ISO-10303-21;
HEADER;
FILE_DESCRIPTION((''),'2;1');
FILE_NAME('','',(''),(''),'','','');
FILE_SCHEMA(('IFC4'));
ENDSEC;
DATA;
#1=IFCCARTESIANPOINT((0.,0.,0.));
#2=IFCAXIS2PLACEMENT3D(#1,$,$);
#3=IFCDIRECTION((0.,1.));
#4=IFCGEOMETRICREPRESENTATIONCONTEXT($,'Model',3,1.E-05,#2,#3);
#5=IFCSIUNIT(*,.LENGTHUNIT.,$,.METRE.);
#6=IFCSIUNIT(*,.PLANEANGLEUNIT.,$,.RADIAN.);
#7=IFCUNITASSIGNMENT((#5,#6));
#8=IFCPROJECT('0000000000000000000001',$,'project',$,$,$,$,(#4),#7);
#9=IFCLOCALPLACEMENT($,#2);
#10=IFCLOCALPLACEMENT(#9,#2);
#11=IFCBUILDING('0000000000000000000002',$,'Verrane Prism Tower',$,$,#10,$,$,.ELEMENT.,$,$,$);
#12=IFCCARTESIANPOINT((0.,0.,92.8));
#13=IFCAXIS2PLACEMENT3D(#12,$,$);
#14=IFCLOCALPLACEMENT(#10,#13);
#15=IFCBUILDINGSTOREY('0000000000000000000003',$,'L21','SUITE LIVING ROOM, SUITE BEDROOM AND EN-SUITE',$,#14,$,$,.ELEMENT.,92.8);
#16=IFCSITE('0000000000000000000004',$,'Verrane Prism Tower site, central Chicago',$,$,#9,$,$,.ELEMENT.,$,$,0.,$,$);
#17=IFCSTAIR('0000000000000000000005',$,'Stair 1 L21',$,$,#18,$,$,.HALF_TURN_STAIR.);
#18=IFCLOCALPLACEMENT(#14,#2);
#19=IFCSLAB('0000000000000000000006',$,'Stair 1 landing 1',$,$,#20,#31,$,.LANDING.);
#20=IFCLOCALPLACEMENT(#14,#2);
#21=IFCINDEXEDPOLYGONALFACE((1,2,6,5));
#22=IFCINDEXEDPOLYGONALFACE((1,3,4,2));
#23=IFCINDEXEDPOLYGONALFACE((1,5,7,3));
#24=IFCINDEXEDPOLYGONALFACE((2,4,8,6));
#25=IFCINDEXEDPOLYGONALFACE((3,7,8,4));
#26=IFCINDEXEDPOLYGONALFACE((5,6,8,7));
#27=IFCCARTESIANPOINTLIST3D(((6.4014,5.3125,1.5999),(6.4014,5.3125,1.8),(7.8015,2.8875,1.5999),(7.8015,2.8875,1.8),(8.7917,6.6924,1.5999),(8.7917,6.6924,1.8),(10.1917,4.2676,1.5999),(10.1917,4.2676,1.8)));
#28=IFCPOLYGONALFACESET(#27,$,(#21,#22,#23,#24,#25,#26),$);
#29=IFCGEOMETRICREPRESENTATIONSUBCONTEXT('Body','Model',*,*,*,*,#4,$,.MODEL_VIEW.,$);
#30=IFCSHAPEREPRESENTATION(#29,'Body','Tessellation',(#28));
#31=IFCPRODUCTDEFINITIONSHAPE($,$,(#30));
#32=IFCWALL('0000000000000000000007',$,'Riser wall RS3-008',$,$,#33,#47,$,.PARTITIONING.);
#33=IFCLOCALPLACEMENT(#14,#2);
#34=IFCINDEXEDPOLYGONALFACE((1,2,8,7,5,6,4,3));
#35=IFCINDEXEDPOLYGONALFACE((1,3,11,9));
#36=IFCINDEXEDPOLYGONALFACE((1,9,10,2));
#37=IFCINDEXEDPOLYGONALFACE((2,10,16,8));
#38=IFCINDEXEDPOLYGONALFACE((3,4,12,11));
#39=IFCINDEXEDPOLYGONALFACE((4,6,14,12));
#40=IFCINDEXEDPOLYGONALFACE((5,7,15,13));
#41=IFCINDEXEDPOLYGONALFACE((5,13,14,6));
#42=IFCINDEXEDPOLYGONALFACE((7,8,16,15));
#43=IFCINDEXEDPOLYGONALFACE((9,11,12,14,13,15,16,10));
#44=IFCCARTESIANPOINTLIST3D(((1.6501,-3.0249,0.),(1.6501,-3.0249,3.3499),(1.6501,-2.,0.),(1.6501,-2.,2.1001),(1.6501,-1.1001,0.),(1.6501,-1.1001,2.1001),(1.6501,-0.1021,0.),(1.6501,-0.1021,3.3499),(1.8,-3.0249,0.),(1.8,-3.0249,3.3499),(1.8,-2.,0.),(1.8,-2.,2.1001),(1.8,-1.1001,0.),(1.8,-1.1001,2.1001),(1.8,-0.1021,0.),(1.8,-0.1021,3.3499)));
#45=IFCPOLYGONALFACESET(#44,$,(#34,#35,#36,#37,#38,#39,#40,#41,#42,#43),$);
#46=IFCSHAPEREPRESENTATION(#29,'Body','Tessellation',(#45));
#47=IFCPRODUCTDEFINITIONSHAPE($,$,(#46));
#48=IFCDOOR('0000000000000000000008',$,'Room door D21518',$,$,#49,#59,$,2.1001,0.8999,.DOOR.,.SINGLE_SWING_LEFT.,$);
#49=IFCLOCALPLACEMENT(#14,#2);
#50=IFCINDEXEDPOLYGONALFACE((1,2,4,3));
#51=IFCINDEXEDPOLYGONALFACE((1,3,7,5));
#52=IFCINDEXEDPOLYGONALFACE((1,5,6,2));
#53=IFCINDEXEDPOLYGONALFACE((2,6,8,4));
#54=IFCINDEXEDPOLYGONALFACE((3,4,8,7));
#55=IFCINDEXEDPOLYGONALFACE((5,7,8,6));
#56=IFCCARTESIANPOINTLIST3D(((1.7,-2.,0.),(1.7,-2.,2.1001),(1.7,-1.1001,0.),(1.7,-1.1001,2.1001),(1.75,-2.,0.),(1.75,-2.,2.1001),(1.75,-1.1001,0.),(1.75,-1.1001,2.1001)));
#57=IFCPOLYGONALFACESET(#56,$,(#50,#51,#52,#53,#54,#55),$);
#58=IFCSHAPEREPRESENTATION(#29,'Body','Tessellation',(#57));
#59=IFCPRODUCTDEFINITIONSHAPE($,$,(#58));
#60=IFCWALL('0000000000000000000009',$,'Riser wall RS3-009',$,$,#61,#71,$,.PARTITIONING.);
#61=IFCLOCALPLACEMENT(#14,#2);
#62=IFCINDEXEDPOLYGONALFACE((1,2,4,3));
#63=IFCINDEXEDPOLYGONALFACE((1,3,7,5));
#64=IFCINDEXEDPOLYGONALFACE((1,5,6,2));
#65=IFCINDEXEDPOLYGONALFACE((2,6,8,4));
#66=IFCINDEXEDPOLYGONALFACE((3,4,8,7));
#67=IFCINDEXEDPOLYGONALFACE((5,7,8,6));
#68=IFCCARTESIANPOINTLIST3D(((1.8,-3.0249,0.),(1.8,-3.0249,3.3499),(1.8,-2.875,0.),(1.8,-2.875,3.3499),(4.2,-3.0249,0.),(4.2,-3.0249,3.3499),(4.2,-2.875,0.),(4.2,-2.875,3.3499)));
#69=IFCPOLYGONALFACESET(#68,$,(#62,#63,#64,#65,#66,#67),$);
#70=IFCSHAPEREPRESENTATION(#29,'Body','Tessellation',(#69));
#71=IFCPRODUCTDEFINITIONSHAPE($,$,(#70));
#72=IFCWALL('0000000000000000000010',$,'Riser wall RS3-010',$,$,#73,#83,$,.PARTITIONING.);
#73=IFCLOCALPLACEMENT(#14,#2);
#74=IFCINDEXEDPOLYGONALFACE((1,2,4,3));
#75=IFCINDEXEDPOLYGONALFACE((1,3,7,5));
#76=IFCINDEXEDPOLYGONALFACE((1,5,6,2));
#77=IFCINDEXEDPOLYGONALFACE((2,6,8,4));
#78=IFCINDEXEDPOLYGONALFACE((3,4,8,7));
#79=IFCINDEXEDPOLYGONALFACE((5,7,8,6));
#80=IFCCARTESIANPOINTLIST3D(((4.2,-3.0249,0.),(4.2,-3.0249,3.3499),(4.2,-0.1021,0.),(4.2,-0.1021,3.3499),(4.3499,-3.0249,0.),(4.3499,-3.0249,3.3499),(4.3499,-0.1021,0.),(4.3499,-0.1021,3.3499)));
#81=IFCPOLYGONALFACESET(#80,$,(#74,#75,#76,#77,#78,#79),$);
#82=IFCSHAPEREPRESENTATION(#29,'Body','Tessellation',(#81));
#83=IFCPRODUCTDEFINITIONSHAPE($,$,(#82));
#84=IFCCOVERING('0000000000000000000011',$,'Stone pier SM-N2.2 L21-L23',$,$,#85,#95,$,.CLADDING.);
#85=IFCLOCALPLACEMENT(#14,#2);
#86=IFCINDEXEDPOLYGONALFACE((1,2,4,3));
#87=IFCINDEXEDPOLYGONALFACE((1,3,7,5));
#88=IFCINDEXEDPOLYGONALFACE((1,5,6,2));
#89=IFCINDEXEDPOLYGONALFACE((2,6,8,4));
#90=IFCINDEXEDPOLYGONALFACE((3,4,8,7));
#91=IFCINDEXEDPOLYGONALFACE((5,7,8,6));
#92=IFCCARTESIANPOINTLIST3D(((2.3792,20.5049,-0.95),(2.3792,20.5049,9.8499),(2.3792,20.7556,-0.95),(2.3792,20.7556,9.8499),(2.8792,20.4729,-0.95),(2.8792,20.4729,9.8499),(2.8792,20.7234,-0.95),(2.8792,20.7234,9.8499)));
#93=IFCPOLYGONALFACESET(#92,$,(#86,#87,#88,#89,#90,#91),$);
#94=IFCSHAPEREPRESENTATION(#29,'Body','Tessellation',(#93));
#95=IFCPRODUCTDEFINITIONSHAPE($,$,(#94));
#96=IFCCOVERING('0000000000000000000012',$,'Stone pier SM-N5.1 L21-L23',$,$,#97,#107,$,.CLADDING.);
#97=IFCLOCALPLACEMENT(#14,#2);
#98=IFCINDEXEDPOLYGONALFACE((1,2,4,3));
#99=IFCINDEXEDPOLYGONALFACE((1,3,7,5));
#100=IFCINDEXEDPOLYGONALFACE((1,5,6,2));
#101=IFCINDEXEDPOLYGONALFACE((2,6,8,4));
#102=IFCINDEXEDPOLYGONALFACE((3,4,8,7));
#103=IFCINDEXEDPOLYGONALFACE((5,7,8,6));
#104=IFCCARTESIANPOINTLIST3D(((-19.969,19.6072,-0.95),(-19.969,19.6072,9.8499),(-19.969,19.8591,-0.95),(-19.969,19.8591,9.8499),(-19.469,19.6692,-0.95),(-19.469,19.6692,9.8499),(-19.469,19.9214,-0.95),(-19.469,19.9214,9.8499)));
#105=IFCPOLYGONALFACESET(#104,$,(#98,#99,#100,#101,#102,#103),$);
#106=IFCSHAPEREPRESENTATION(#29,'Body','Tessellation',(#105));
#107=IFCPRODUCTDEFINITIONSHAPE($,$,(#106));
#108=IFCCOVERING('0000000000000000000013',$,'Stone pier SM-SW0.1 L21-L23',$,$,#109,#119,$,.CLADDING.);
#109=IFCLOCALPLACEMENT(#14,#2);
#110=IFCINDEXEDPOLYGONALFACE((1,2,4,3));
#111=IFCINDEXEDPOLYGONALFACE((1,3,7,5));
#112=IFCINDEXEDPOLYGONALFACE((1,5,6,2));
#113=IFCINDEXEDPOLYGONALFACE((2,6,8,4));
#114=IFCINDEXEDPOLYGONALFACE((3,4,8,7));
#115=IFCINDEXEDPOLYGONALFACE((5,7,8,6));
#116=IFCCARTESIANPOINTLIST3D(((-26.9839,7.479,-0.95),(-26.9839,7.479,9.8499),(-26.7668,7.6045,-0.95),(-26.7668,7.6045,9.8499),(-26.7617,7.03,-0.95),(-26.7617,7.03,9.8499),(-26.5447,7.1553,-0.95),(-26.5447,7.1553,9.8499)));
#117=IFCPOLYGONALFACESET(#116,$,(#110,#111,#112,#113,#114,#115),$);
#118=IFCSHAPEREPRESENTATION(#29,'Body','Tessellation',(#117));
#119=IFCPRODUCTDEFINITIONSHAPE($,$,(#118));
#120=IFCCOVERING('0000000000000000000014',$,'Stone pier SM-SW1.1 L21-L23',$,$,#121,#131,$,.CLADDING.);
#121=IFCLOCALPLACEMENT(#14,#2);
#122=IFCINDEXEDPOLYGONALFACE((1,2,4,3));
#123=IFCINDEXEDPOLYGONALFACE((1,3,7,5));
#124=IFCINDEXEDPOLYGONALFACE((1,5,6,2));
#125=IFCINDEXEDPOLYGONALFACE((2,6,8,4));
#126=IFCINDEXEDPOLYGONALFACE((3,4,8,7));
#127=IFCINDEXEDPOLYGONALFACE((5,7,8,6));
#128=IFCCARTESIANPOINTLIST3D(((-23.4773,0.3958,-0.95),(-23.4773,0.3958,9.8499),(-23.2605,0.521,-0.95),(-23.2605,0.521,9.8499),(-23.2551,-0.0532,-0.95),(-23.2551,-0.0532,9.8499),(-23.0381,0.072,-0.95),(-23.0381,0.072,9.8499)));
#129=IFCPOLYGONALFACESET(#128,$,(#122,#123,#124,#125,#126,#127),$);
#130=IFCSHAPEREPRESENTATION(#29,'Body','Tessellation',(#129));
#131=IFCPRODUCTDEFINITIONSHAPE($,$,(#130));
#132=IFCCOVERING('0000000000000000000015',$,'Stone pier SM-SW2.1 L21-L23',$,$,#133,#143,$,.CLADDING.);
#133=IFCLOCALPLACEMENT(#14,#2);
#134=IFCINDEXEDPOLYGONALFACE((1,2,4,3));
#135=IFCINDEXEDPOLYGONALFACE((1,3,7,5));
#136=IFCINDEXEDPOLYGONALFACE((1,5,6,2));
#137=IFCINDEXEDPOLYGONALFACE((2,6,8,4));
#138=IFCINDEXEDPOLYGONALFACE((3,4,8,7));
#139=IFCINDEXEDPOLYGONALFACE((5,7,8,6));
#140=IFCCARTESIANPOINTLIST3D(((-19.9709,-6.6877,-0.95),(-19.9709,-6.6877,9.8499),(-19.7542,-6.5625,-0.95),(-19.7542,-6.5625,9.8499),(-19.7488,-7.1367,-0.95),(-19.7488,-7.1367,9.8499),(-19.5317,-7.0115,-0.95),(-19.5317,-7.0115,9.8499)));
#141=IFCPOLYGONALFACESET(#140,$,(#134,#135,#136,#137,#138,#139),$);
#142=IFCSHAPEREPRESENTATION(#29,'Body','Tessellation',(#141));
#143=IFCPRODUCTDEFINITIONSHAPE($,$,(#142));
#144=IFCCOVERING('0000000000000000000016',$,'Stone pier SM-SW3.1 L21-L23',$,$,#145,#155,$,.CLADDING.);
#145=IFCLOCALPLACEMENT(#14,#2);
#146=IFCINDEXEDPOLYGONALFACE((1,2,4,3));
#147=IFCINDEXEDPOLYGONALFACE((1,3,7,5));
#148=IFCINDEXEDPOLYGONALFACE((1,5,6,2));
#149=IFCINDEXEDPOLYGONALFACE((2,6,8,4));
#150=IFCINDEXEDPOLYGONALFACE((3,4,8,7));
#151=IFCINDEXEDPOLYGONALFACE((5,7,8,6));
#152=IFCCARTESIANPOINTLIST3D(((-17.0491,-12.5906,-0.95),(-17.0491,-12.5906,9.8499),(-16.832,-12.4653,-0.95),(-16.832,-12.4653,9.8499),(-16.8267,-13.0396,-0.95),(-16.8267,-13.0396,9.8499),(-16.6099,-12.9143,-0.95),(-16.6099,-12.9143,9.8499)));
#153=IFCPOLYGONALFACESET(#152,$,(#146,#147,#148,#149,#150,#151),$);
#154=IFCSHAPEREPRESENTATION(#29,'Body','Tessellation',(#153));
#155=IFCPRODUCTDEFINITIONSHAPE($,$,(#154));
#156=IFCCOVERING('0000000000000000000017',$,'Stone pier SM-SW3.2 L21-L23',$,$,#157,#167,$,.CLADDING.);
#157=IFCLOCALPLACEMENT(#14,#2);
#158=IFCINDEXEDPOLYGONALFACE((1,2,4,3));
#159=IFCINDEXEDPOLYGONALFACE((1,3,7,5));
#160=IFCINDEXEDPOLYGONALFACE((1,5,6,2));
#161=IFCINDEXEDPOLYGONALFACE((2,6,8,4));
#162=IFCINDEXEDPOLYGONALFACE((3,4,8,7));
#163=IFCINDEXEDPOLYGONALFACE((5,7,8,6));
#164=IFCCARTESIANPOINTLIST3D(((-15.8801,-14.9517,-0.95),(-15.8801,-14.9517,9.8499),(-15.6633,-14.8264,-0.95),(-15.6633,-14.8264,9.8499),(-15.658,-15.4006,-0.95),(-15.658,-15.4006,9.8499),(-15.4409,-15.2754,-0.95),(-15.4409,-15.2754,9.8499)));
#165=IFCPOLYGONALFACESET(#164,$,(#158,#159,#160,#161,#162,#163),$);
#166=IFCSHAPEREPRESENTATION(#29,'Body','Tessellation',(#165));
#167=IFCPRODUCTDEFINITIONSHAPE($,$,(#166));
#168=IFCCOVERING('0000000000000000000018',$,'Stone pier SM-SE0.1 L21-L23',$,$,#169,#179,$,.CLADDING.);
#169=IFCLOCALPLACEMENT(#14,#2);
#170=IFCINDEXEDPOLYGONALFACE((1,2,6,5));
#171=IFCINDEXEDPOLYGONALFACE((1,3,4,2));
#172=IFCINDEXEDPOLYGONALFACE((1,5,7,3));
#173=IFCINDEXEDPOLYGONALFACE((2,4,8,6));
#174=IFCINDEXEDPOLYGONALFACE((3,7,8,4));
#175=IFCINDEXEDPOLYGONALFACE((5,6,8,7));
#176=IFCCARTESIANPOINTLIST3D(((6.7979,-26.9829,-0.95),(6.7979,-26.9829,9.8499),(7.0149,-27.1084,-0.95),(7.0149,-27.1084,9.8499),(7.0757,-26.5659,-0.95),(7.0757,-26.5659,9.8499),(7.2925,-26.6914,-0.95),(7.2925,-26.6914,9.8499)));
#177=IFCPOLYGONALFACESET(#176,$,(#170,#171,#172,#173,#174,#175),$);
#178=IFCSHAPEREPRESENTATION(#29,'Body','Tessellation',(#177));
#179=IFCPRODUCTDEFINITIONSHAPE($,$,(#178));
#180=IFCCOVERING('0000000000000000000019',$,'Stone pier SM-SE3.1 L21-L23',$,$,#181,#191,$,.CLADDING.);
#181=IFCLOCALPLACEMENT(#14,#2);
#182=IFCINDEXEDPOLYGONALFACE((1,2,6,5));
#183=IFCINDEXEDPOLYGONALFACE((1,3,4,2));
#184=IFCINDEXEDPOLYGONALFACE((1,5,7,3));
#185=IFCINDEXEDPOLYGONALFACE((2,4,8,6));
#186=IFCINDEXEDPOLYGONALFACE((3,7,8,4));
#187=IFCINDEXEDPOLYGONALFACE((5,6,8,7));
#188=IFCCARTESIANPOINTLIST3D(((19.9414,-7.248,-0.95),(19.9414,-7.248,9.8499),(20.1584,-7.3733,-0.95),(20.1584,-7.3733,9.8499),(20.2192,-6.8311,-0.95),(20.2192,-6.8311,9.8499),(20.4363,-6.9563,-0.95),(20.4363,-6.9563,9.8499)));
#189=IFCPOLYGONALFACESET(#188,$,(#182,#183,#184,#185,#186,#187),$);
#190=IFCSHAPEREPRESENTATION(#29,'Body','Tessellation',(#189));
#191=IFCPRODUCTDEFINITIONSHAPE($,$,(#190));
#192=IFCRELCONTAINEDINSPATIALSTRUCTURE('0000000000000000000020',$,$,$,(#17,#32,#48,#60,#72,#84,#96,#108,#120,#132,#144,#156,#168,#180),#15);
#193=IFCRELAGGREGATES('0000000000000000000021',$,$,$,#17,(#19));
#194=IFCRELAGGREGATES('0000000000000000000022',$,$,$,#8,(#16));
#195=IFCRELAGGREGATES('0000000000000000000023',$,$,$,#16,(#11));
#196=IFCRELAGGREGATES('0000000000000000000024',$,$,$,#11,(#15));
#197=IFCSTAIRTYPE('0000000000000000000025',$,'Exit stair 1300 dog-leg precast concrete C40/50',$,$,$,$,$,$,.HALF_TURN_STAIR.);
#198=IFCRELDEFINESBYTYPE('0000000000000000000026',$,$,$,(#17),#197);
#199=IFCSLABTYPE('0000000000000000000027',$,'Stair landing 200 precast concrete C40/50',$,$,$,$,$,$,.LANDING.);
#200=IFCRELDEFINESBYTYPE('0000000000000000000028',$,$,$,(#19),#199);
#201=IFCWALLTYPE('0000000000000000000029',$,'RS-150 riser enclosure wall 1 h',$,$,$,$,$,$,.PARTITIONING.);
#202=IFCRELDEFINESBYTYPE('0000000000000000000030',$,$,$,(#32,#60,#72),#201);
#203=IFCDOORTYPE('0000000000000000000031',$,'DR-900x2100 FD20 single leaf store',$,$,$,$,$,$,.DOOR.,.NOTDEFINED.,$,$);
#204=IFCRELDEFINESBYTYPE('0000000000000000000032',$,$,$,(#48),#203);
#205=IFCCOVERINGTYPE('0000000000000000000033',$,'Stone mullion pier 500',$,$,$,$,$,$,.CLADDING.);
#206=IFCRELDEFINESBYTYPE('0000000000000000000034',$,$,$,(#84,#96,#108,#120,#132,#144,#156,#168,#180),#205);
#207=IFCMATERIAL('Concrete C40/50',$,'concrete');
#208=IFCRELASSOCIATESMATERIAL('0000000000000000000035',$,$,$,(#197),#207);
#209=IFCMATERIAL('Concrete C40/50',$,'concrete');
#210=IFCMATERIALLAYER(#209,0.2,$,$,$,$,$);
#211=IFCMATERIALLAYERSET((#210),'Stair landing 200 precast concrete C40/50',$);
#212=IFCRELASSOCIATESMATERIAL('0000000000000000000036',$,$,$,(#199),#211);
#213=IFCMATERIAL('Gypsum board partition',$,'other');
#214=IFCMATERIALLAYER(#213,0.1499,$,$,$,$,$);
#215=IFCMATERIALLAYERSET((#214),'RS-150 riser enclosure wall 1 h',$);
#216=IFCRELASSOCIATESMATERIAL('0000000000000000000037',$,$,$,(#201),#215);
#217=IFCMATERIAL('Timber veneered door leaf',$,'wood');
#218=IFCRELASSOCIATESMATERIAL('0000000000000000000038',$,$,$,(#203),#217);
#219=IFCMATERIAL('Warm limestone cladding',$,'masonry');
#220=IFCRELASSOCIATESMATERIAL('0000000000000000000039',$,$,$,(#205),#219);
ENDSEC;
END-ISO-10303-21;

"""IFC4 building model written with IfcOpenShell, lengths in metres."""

from ifc_helpers import new_model, si_unit, direction, frame, frame_2d, origin, place, context, subcontext, project, spatial, polyline, rectangle, outline, extrude, material, layer, layer_set, type_object, element, fill, aggregate, save


model = new_model("IFC4")

# Units and contexts
model_context = context("Model", 3, precision=1e-05, world=origin(), true_north=direction((0.0, 1.0)))
body_context = subcontext(model_context, "Body", "Model", "MODEL_VIEW")
ifc_project = project(units=[si_unit("LENGTHUNIT", "METRE"), si_unit("PLANEANGLEUNIT", "RADIAN")], contexts=[model_context])

# Site, building, storey
site_placement = place(None, origin())
site = spatial("IfcSite", under=ifc_project, at=site_placement, Name="Verrane Prism Tower site, central Chicago", CompositionType="ELEMENT", RefElevation=0.0)
building_placement = place(site_placement, origin())
building = spatial("IfcBuilding", under=site, at=building_placement, Name="Verrane Prism Tower", CompositionType="ELEMENT")
storey_placement = place(building_placement, frame((0.0, 0.0, 92.8)))
storey = spatial("IfcBuildingStorey", under=building, at=storey_placement, Name="L21", Description="SUITE LIVING ROOM, SUITE BEDROOM AND EN-SUITE", CompositionType="ELEMENT", Elevation=92.8)

# Stair, slab
ifc_material_1 = material(Name="Concrete C40/50", Category="concrete")
stair_type = type_object("IfcStairType", Name="Exit stair 1300 dog-leg precast concrete C40/50", PredefinedType="HALF_TURN_STAIR", material=ifc_material_1)
stair_placement = place(storey_placement, origin())
stair = element("IfcStair", 1, at=stair_placement, inside=storey, type_object=stair_type, Name="Stair 1 L21", PredefinedType="HALF_TURN_STAIR")
ifc_material_2 = material(Name="Concrete C40/50", Category="concrete")
ifc_layer_1 = layer(ifc_material_2, 0.2)
ifc_layer_set_1 = layer_set([ifc_layer_1], Name="Stair landing 200 precast concrete C40/50")
slab_type = type_object("IfcSlabType", Name="Stair landing 200 precast concrete C40/50", PredefinedType="LANDING", material=ifc_layer_set_1)
slab_placement = place(storey_placement, frame((0.0, 0.0, 1.5999)))
slab = element("IfcSlab", 2, at=slab_placement, type_object=slab_type, Name="Stair 1 landing 1", PredefinedType="LANDING", context=body_context, shape_type="SweptSolid", body=[
    extrude(outline(polyline([(8.7917, 6.6924), (6.4014, 5.3125), (7.8015, 2.8875), (10.1917, 4.2676), (8.7917, 6.6924)])), origin(), (0.0, 0.0, 1.0), 0.2002),
])
aggregate(stair, [slab])

# Wall, opening, door
ifc_material_3 = material(Name="Gypsum board partition", Category="other")
ifc_layer_2 = layer(ifc_material_3, 0.1499)
ifc_layer_set_2 = layer_set([ifc_layer_2], Name="RS-150 riser enclosure wall 1 h")
wall_type = type_object("IfcWallType", Name="RS-150 riser enclosure wall 1 h", PredefinedType="PARTITIONING", material=ifc_layer_set_2)
wall_1_placement = place(storey_placement, frame((1.7251, -0.1021, 0.0), z_axis=(0.0, 0.0, 1.0), x_axis=(0.0, -1.0, 0.0)))
wall_1 = element("IfcWall", 3, at=wall_1_placement, inside=storey, type_object=wall_type, Name="Riser wall RS3-008", PredefinedType="PARTITIONING", context=body_context, shape_type="SweptSolid", body=[
    extrude(rectangle(XDim=2.9229, YDim=0.1499, at=frame_2d((1.4614, 0.0))), origin(), (0.0, 0.0, 1.0), 3.3499),
])
opening_placement = place(wall_1_placement, frame((0.998, 0.0, 0.0)))
opening = element("IfcOpeningElement", 4, at=opening_placement, cuts=wall_1, PredefinedType="OPENING", context=body_context, shape_type="SweptSolid", body=[
    extrude(rectangle(XDim=0.8999, YDim=2.1001, at=frame_2d((0.45, 1.05))), frame((0.0, 0.085, 0.0), z_axis=(0.0, -1.0, 0.0), x_axis=(1.0, 0.0, 0.0)), (0.0, 0.0, 1.0), 0.1699),
])
ifc_material_4 = material(Name="Timber veneered door leaf", Category="wood")
door_type = type_object("IfcDoorType", Name="DR-900x2100 FD20 single leaf store", OperationType="NOTDEFINED", PredefinedType="DOOR", material=ifc_material_4)
door_placement = place(opening_placement, origin())
door = element("IfcDoor", 5, at=door_placement, inside=storey, type_object=door_type, Name="Room door D21518", OperationType="SINGLE_SWING_LEFT", OverallHeight=2.1001, OverallWidth=0.8999, PredefinedType="DOOR", context=body_context, shape_type="SweptSolid", body=[
    extrude(rectangle(XDim=0.8999, YDim=2.1001, at=frame_2d((0.45, 1.05))), frame((0.0, 0.0249, 0.0), z_axis=(0.0, -1.0, 0.0), x_axis=(1.0, 0.0, 0.0)), (0.0, 0.0, 1.0), 0.05),
])
fill(opening, door)

# Walls
wall_2_placement = place(storey_placement, frame((1.8, -2.95, 0.0), z_axis=(0.0, 0.0, 1.0), x_axis=(1.0, 0.0, 0.0)))
element("IfcWall", 6, at=wall_2_placement, inside=storey, type_object=wall_type, Name="Riser wall RS3-009", PredefinedType="PARTITIONING", context=body_context, shape_type="SweptSolid", body=[
    extrude(rectangle(XDim=2.3999, YDim=0.1499, at=frame_2d((1.2, 0.0))), origin(), (0.0, 0.0, 1.0), 3.3499),
])
wall_3_placement = place(storey_placement, frame((4.2749, -3.0249, 0.0), z_axis=(0.0, 0.0, 1.0), x_axis=(0.0, 1.0, 0.0)))
element("IfcWall", 7, at=wall_3_placement, inside=storey, type_object=wall_type, Name="Riser wall RS3-010", PredefinedType="PARTITIONING", context=body_context, shape_type="SweptSolid", body=[
    extrude(rectangle(XDim=2.9229, YDim=0.1499, at=frame_2d((1.4614, 0.0))), origin(), (0.0, 0.0, 1.0), 3.3499),
])

# Coverings
ifc_material_5 = material(Name="Warm limestone cladding", Category="masonry")
covering_type_1 = type_object("IfcCoveringType", Name="Stone mullion pier 500", PredefinedType="CLADDING", material=ifc_material_5)
covering_1_placement = place(storey_placement, frame((0.0, 0.0, -0.95)))
element("IfcCovering", 8, at=covering_1_placement, inside=storey, type_object=covering_type_1, Name="Stone pier SM-N2.2 L21-L23", PredefinedType="CLADDING", context=body_context, shape_type="SweptSolid", body=[
    extrude(outline(polyline([(2.3792, 20.5049), (2.8792, 20.4729), (2.8792, 20.7234), (2.3792, 20.7556), (2.3792, 20.5049)])), origin(), (0.0, 0.0, 1.0), 10.7998),
])
covering_2_placement = place(storey_placement, frame((0.0, 0.0, -0.95)))
element("IfcCovering", 9, at=covering_2_placement, inside=storey, type_object=covering_type_1, Name="Stone pier SM-N5.1 L21-L23", PredefinedType="CLADDING", context=body_context, shape_type="SweptSolid", body=[
    extrude(outline(polyline([(-19.969, 19.6072), (-19.469, 19.6692), (-19.469, 19.9214), (-19.969, 19.8591), (-19.969, 19.6072)])), origin(), (0.0, 0.0, 1.0), 10.7998),
])
covering_3_placement = place(storey_placement, frame((0.0, 0.0, -0.95)))
element("IfcCovering", 10, at=covering_3_placement, inside=storey, type_object=covering_type_1, Name="Stone pier SM-SW0.1 L21-L23", PredefinedType="CLADDING", context=body_context, shape_type="SweptSolid", body=[
    extrude(outline(polyline([(-26.5447, 7.1553), (-26.7668, 7.6045), (-26.9839, 7.479), (-26.7617, 7.03), (-26.5447, 7.1553)])), origin(), (0.0, 0.0, 1.0), 10.7998),
])
covering_4_placement = place(storey_placement, frame((0.0, 0.0, -0.95)))
element("IfcCovering", 11, at=covering_4_placement, inside=storey, type_object=covering_type_1, Name="Stone pier SM-SW1.1 L21-L23", PredefinedType="CLADDING", context=body_context, shape_type="SweptSolid", body=[
    extrude(outline(polyline([(-23.0381, 0.072), (-23.2605, 0.521), (-23.4773, 0.3958), (-23.2551, -0.0532), (-23.0381, 0.072)])), origin(), (0.0, 0.0, 1.0), 10.7998),
])
covering_5_placement = place(storey_placement, frame((0.0, 0.0, -0.95)))
element("IfcCovering", 12, at=covering_5_placement, inside=storey, type_object=covering_type_1, Name="Stone pier SM-SW2.1 L21-L23", PredefinedType="CLADDING", context=body_context, shape_type="SweptSolid", body=[
    extrude(outline(polyline([(-19.5317, -7.0115), (-19.7542, -6.5625), (-19.9709, -6.6877), (-19.7488, -7.1367), (-19.5317, -7.0115)])), origin(), (0.0, 0.0, 1.0), 10.7998),
])
covering_6_placement = place(storey_placement, frame((0.0, 0.0, -0.95)))
element("IfcCovering", 13, at=covering_6_placement, inside=storey, type_object=covering_type_1, Name="Stone pier SM-SW3.1 L21-L23", PredefinedType="CLADDING", context=body_context, shape_type="SweptSolid", body=[
    extrude(outline(polyline([(-16.6099, -12.9143), (-16.832, -12.4653), (-17.0491, -12.5906), (-16.8267, -13.0396), (-16.6099, -12.9143)])), origin(), (0.0, 0.0, 1.0), 10.7998),
])
covering_7_placement = place(storey_placement, frame((0.0, 0.0, -0.95)))
element("IfcCovering", 14, at=covering_7_placement, inside=storey, type_object=covering_type_1, Name="Stone pier SM-SW3.2 L21-L23", PredefinedType="CLADDING", context=body_context, shape_type="SweptSolid", body=[
    extrude(outline(polyline([(-15.4409, -15.2754), (-15.6633, -14.8264), (-15.8801, -14.9517), (-15.658, -15.4006), (-15.4409, -15.2754)])), origin(), (0.0, 0.0, 1.0), 10.7998),
])
covering_8_placement = place(storey_placement, frame((0.0, 0.0, -0.95)))
element("IfcCovering", 15, at=covering_8_placement, inside=storey, type_object=covering_type_1, Name="Stone pier SM-SE0.1 L21-L23", PredefinedType="CLADDING", context=body_context, shape_type="SweptSolid", body=[
    extrude(outline(polyline([(7.0757, -26.5659), (6.7979, -26.9829), (7.0149, -27.1084), (7.2925, -26.6914), (7.0757, -26.5659)])), origin(), (0.0, 0.0, 1.0), 10.7998),
])
covering_9_placement = place(storey_placement, frame((0.0, 0.0, -0.95)))
element("IfcCovering", 16, at=covering_9_placement, inside=storey, type_object=covering_type_1, Name="Stone pier SM-SE3.1 L21-L23", PredefinedType="CLADDING", context=body_context, shape_type="SweptSolid", body=[
    extrude(outline(polyline([(20.2192, -6.8311), (19.9414, -7.248), (20.1584, -7.3733), (20.4363, -6.9563), (20.2192, -6.8311)])), origin(), (0.0, 0.0, 1.0), 10.7998),
])

save(model, "model.ifc")
